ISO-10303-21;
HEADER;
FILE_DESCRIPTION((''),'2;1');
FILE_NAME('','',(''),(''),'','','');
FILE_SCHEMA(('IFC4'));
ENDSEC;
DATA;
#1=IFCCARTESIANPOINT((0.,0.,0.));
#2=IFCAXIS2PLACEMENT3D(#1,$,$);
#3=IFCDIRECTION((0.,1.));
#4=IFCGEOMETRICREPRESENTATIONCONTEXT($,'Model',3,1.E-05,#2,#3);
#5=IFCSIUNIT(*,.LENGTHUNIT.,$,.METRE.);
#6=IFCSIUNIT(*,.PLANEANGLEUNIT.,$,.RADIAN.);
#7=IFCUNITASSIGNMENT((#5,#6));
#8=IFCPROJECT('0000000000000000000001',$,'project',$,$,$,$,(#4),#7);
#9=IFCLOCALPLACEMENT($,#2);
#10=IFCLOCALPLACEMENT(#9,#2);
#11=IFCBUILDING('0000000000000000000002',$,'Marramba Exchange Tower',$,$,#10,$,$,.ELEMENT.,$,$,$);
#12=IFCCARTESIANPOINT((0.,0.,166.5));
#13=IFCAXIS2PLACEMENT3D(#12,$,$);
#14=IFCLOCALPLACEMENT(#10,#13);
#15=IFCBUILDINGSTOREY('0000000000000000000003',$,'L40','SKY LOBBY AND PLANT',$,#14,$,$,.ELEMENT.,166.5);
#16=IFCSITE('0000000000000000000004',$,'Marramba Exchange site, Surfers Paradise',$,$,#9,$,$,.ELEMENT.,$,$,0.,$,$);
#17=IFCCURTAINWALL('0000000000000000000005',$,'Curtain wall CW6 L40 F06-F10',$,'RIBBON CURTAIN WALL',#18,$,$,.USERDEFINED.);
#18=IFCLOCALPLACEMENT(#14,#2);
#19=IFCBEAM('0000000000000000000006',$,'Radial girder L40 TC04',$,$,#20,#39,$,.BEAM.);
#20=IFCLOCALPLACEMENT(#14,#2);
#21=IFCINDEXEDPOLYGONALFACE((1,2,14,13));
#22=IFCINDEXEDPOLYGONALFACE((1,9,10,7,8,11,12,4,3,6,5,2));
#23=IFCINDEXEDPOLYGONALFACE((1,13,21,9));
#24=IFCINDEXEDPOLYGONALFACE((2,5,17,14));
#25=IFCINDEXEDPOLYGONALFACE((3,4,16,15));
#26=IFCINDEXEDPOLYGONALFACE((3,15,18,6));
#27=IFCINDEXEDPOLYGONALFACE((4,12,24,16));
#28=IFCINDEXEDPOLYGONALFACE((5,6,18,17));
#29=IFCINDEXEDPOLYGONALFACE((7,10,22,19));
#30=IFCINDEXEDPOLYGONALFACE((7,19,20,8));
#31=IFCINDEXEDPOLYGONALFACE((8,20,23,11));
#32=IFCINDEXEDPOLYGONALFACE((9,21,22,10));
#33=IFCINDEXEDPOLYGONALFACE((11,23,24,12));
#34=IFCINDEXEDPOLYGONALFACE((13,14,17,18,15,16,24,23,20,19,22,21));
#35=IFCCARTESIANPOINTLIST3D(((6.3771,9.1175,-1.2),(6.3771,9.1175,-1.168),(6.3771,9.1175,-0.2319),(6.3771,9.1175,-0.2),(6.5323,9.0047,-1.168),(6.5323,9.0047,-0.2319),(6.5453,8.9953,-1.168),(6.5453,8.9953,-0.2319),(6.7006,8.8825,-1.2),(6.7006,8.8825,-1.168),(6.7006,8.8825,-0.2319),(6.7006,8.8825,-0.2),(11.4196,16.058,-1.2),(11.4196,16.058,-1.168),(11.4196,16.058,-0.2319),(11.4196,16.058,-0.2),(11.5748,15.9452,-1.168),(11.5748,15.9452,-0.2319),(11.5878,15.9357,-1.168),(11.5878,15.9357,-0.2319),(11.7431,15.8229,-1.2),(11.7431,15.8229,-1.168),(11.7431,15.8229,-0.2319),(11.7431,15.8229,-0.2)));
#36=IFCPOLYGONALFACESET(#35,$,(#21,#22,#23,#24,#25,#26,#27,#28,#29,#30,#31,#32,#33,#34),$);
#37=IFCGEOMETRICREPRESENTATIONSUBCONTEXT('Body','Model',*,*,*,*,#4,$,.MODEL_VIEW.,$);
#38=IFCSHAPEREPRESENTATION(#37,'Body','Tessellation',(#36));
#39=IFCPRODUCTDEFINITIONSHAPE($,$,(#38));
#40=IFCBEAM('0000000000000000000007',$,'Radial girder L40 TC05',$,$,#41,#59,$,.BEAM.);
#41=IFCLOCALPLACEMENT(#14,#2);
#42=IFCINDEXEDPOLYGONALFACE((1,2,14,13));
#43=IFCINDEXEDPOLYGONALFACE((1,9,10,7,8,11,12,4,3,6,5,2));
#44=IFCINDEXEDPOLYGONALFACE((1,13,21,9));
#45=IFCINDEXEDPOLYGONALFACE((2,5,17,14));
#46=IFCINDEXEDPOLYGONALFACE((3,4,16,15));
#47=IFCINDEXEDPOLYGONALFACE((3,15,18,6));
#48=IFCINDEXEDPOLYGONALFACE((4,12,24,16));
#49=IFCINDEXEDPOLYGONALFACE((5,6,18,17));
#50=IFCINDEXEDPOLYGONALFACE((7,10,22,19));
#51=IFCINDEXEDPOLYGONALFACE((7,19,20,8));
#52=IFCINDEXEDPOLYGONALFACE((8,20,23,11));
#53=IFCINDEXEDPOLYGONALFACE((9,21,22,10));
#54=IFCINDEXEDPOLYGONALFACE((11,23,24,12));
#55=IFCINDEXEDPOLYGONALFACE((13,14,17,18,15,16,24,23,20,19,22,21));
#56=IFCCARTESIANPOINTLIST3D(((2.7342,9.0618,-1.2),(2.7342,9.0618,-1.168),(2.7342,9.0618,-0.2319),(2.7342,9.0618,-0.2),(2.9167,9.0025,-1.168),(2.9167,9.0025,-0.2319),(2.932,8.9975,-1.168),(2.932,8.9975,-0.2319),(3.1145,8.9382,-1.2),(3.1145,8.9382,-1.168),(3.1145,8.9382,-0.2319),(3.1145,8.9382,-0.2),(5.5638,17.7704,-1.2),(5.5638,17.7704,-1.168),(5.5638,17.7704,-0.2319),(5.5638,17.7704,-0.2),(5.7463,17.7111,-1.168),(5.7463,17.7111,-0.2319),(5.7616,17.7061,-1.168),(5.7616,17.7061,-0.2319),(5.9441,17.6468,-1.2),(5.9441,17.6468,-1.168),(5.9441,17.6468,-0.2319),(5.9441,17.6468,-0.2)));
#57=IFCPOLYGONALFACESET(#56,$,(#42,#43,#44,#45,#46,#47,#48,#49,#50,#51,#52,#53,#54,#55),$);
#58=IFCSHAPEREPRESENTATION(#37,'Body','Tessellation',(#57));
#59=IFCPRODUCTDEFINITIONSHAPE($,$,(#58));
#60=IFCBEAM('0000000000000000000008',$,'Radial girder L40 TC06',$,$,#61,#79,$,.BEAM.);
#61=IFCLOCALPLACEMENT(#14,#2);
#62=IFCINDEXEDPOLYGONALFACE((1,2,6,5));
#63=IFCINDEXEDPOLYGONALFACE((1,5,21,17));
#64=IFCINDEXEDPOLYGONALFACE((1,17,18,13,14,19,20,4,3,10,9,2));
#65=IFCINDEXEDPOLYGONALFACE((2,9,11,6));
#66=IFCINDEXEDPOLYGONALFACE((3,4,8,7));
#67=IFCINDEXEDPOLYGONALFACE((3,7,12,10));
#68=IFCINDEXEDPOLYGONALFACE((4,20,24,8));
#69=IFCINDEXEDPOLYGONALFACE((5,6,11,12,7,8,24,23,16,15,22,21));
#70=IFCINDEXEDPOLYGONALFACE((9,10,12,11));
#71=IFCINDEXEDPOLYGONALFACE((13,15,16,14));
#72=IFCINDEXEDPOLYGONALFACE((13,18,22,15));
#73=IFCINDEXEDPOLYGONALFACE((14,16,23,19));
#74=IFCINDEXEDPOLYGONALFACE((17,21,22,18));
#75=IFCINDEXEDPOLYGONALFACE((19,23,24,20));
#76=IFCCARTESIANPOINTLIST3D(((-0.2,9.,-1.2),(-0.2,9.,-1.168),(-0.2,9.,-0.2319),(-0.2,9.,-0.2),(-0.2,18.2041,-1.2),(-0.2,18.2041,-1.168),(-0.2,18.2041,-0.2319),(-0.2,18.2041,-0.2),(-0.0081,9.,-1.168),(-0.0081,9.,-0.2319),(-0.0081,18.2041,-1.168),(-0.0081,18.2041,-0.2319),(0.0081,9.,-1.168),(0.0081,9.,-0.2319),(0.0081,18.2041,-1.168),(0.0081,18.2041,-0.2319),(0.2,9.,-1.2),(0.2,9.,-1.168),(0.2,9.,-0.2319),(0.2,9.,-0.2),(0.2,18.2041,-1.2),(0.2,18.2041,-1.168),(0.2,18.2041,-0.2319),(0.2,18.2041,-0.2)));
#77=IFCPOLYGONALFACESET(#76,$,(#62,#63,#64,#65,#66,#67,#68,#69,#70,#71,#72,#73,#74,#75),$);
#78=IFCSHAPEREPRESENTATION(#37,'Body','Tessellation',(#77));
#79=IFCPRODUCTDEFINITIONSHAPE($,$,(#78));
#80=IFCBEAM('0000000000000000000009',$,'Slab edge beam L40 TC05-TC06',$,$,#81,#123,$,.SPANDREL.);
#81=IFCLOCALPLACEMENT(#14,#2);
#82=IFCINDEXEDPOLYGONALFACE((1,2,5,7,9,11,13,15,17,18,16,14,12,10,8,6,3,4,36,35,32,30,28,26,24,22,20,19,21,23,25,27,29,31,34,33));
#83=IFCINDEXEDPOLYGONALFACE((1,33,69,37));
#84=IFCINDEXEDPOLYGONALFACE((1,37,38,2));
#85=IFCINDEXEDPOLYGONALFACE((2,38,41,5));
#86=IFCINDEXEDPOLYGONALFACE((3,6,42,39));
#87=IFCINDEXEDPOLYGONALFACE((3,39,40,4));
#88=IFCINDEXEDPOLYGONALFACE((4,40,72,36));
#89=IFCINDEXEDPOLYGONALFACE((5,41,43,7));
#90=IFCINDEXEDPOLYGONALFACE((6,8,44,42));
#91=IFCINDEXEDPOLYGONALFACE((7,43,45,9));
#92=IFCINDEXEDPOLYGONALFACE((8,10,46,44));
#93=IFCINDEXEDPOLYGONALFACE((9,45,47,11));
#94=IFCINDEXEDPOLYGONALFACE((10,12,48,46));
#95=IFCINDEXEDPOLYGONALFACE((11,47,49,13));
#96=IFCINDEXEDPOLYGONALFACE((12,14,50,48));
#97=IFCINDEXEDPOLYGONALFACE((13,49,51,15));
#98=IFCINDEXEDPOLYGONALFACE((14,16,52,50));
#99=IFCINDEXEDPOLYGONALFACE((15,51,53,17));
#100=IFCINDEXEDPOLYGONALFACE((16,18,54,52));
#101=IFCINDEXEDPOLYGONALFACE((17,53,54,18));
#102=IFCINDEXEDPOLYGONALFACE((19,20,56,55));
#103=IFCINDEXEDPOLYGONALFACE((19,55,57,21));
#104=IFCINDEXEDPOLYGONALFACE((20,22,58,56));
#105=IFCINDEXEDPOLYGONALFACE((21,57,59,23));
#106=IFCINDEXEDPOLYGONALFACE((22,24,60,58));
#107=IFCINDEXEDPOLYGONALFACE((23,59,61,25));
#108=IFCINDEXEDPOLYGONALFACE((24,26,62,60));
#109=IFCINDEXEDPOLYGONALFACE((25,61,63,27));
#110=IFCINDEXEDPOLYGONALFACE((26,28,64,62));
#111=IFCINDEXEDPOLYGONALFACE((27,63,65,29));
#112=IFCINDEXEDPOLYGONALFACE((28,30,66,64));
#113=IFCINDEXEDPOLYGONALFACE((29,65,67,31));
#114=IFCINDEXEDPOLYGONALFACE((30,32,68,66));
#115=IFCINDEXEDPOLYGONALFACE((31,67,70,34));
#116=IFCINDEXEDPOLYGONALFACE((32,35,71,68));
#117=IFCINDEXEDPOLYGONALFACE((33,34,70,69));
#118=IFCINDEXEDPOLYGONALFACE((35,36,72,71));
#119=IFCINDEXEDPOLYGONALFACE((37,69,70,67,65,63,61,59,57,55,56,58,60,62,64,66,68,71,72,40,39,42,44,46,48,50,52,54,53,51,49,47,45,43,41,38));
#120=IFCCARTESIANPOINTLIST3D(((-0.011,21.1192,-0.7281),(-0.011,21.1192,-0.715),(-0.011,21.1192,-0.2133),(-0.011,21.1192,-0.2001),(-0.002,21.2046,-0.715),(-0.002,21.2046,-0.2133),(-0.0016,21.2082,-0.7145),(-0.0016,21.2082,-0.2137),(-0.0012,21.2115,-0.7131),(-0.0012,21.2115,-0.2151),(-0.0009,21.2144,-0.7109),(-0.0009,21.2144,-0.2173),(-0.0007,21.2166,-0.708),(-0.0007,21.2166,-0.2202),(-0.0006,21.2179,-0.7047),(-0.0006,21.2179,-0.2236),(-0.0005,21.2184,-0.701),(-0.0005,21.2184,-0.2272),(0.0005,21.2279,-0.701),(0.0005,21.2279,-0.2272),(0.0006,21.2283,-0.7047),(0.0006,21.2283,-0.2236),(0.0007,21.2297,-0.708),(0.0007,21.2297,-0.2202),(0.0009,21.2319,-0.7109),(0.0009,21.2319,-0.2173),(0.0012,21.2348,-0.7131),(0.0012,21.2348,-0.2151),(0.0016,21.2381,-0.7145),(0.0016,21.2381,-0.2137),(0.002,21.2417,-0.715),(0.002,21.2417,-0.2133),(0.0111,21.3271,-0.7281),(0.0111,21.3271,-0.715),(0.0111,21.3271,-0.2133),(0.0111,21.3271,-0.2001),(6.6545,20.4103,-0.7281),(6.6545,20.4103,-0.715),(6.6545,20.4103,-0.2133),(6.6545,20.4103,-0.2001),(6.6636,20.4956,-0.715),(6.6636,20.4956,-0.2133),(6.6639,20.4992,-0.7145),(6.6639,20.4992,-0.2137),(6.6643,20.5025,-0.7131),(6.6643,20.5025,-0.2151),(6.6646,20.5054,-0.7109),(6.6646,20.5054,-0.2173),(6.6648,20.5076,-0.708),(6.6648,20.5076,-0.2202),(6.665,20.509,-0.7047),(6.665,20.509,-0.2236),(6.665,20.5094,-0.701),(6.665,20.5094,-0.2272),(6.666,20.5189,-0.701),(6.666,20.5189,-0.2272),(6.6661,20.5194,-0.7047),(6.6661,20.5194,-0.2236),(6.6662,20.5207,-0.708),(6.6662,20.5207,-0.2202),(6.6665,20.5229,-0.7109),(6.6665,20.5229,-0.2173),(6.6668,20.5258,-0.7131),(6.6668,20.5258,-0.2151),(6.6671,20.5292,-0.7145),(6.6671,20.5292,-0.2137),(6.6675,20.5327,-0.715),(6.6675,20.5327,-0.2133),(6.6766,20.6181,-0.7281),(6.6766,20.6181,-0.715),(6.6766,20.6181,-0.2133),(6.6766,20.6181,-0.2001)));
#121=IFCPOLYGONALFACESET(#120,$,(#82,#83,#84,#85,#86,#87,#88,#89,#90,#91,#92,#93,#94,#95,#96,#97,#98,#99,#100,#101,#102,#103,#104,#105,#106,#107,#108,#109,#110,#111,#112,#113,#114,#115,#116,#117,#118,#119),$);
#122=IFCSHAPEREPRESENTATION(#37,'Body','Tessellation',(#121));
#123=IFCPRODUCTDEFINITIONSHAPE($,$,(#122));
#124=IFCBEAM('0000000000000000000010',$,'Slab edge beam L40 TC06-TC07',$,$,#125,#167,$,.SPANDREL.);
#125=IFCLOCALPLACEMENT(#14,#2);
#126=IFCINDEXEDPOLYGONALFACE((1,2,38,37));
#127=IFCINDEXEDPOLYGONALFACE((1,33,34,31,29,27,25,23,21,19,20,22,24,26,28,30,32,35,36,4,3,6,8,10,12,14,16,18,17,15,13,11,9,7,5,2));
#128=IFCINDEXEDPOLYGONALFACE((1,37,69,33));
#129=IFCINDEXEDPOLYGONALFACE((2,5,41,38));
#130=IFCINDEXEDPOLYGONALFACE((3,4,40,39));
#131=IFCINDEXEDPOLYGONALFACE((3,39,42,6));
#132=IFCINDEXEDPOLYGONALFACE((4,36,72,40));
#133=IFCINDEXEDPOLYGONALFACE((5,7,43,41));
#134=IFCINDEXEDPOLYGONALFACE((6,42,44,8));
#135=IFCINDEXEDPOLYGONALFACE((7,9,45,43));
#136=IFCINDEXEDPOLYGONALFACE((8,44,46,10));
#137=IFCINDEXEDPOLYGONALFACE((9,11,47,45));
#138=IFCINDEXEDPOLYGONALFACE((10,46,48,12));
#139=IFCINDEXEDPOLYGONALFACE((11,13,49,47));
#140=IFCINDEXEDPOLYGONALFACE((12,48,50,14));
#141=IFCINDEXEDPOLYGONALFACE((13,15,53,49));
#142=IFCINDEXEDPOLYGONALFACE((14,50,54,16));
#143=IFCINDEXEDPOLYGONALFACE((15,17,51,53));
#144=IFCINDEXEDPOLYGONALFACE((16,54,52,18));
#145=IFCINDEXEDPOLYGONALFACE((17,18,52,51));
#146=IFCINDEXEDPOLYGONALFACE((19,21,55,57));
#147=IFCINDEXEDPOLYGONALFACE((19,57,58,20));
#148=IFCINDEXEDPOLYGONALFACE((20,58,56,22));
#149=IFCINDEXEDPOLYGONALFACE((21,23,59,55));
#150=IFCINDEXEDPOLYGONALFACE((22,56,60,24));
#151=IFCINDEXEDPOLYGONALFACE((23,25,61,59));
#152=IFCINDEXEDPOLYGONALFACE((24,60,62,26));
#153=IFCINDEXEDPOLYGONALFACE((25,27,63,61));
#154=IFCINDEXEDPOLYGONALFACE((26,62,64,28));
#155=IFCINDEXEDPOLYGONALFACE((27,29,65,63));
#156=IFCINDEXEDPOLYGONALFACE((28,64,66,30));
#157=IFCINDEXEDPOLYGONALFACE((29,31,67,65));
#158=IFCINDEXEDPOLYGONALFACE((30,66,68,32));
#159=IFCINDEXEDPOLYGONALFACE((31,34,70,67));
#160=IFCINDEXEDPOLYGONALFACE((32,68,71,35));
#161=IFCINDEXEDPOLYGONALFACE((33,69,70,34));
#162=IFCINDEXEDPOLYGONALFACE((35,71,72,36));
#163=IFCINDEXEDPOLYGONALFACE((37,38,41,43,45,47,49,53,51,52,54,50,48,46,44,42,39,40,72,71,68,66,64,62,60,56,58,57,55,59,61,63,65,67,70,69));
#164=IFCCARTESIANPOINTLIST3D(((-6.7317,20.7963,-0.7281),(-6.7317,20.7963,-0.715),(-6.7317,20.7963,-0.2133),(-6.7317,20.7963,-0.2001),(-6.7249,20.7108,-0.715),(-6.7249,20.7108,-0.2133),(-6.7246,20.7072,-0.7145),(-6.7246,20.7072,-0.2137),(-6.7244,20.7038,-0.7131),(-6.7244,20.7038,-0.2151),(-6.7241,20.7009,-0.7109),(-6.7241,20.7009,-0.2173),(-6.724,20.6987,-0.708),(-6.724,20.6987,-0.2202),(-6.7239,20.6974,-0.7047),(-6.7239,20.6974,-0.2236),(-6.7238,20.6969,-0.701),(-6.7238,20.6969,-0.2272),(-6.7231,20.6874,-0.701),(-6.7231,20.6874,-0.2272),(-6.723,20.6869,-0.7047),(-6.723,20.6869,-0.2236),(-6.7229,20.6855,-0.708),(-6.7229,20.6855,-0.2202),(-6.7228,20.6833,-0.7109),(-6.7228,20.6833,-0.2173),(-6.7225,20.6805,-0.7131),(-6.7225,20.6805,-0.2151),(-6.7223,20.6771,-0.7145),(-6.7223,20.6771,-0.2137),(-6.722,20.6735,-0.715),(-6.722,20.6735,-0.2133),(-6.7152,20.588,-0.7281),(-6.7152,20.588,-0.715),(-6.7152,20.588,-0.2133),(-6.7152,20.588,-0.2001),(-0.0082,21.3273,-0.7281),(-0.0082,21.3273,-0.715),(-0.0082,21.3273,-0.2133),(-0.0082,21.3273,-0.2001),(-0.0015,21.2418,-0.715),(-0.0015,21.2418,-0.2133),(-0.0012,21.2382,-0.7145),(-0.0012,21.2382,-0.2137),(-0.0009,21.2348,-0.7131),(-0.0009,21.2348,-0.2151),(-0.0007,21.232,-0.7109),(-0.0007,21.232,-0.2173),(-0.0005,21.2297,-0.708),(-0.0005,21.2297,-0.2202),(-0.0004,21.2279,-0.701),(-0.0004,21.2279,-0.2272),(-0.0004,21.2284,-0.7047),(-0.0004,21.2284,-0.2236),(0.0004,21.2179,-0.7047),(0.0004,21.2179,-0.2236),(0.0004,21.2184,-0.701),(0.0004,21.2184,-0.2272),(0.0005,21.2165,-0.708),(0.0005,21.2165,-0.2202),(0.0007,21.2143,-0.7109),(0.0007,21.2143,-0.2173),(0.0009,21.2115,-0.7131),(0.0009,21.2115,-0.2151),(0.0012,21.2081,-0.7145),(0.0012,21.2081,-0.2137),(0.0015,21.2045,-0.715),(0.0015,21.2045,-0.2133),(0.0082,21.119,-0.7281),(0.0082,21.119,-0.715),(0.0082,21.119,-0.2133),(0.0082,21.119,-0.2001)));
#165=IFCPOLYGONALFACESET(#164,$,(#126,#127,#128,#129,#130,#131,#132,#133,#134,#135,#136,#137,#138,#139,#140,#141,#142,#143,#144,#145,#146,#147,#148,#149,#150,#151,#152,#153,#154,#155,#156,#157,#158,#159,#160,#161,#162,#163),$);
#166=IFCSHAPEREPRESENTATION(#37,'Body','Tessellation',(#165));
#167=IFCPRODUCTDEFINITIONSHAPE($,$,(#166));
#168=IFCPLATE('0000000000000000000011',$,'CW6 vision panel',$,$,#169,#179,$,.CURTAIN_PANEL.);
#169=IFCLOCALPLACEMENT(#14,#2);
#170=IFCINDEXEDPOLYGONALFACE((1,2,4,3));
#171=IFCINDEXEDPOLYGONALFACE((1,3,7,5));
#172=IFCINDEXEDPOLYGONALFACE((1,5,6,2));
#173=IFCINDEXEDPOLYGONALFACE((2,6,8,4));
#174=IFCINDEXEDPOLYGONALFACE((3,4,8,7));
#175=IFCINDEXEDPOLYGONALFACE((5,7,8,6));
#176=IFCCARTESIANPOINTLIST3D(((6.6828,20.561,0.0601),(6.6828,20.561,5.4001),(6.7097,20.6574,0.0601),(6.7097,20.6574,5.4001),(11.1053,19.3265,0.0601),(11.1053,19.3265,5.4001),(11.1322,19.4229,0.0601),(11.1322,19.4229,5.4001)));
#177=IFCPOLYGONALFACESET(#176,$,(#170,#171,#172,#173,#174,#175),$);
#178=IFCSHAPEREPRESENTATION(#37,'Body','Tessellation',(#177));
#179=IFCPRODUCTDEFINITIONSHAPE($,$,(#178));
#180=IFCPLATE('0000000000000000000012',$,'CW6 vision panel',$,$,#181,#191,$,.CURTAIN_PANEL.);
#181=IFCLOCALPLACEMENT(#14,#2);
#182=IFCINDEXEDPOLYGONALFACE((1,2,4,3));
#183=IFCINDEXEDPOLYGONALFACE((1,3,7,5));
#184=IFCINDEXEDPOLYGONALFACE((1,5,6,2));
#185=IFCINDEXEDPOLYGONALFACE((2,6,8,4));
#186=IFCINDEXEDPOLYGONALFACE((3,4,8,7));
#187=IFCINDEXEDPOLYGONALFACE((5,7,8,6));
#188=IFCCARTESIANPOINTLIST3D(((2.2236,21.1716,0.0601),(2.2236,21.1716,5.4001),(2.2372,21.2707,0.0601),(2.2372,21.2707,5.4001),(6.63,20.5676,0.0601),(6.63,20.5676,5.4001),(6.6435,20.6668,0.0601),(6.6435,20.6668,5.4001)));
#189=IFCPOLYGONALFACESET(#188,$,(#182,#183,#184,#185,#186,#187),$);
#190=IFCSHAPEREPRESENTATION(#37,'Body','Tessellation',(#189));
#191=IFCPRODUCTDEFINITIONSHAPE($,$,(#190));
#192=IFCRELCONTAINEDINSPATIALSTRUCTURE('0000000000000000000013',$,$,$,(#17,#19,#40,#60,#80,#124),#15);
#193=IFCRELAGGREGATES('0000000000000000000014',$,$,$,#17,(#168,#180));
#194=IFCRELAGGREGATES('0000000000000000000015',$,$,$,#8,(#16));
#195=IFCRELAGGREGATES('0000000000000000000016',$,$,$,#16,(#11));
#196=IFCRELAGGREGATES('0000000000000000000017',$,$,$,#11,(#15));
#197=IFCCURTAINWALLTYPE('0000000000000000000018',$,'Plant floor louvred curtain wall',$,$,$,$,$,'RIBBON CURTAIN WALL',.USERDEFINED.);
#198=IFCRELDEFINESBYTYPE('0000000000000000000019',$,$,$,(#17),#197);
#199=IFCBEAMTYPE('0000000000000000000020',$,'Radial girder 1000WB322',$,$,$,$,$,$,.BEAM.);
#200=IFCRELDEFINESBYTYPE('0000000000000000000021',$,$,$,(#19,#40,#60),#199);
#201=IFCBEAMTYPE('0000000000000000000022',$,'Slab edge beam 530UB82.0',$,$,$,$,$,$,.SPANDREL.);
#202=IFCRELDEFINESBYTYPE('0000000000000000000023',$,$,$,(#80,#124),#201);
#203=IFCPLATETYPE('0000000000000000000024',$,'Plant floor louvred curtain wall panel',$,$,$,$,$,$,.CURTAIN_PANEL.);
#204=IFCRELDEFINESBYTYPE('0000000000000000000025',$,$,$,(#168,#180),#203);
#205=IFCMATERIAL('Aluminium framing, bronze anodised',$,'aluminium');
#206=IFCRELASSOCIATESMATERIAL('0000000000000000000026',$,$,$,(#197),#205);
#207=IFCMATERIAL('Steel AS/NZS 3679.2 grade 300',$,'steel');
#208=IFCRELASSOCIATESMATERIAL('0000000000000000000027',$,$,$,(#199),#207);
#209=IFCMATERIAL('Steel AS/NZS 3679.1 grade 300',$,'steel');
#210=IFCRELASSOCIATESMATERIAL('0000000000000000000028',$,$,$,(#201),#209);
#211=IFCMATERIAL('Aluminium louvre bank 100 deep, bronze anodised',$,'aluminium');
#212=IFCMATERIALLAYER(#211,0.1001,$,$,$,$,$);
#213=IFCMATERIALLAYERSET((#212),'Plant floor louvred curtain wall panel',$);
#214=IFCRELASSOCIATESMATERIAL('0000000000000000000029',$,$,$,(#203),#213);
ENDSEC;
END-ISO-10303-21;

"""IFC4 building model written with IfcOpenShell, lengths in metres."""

from ifc_helpers import new_model, si_unit, direction, frame, origin, origin_2d, place, context, subcontext, project, spatial, rectangle, i_section, extrude, material, layer, layer_set, material_profile, profile_set, type_object, element, aggregate, save


model = new_model("IFC4")

# Units and contexts
model_context = context("Model", 3, precision=1e-05, world=origin(), true_north=direction((0.0, 1.0)))
body_context = subcontext(model_context, "Body", "Model", "MODEL_VIEW")
ifc_project = project(units=[si_unit("LENGTHUNIT", "METRE"), si_unit("PLANEANGLEUNIT", "RADIAN")], contexts=[model_context])

# Site, building, storey
site_placement = place(None, origin())
site = spatial("IfcSite", under=ifc_project, at=site_placement, Name="Marramba Exchange site, Surfers Paradise", CompositionType="ELEMENT", RefElevation=0.0)
building_placement = place(site_placement, origin())
building = spatial("IfcBuilding", under=site, at=building_placement, Name="Marramba Exchange Tower", CompositionType="ELEMENT")
storey_placement = place(building_placement, frame((0.0, 0.0, 166.5)))
storey = spatial("IfcBuildingStorey", under=building, at=storey_placement, Name="L40", Description="SKY LOBBY AND PLANT", CompositionType="ELEMENT", Elevation=166.5)

# Shared definitions
ifc_material_1 = material(Name="Steel AS/NZS 3679.2 grade 300", Category="steel")

# Shared definitions
ifc_material_2 = material(Name="Steel AS/NZS 3679.1 grade 300", Category="steel")

# Curtain wall
ifc_material_3 = material(Name="Aluminium framing, bronze anodised", Category="aluminium")
curtain_wall_type = type_object("IfcCurtainWallType", Name="Plant floor louvred curtain wall", ElementType="RIBBON CURTAIN WALL", PredefinedType="USERDEFINED", material=ifc_material_3)
curtain_wall_placement = place(storey_placement, origin())
curtain_wall = element("IfcCurtainWall", 1, at=curtain_wall_placement, inside=storey, type_object=curtain_wall_type, Name="Curtain wall CW6 L40 F06-F10", ObjectType="RIBBON CURTAIN WALL", PredefinedType="USERDEFINED")

# Beams
ifc_material_profile_1 = material_profile(ifc_material_1, i_section(OverallWidth=0.3999, OverallDepth=1.0, WebThickness=0.0161, FlangeThickness=0.032, at=origin_2d()), Name="1000WB322")
ifc_profile_set_1 = profile_set([ifc_material_profile_1], Name="Steel AS/NZS 3679.2 grade 300")
beam_type_1 = type_object("IfcBeamType", Name="Radial girder 1000WB322", PredefinedType="BEAM", material=ifc_profile_set_1)
beam_1_placement = place(storey_placement, frame((6.5388, 9.0, -0.7), z_axis=(0.587782, 0.809019, 0.0), x_axis=(-0.809019, 0.587782, 0.0)))
element("IfcBeam", 2, at=beam_1_placement, inside=storey, type_object=beam_type_1, Name="Radial girder L40 TC04", PredefinedType="BEAM", context=body_context, shape_type="SweptSolid", body=[
    extrude(i_section(OverallWidth=0.3999, OverallDepth=1.0, WebThickness=0.0161, FlangeThickness=0.032, at=origin_2d()), origin(), (0.0, 0.0, 1.0), 8.5789),
])
beam_2_placement = place(storey_placement, frame((2.9243, 9.0, -0.7), z_axis=(0.30902, 0.951056, 0.0), x_axis=(-0.951056, 0.30902, 0.0)))
element("IfcBeam", 3, at=beam_2_placement, inside=storey, type_object=beam_type_1, Name="Radial girder L40 TC05", PredefinedType="BEAM", context=body_context, shape_type="SweptSolid", body=[
    extrude(i_section(OverallWidth=0.3999, OverallDepth=1.0, WebThickness=0.0161, FlangeThickness=0.032, at=origin_2d()), origin(), (0.0, 0.0, 1.0), 9.1567),
])
beam_3_placement = place(storey_placement, frame((0.0, 9.0, -0.7), z_axis=(0.0, 1.0, 0.0), x_axis=(-1.0, 0.0, 0.0)))
element("IfcBeam", 4, at=beam_3_placement, inside=storey, type_object=beam_type_1, Name="Radial girder L40 TC06", PredefinedType="BEAM", context=body_context, shape_type="SweptSolid", body=[
    extrude(i_section(OverallWidth=0.3999, OverallDepth=1.0, WebThickness=0.0161, FlangeThickness=0.032, at=origin_2d()), origin(), (0.0, 0.0, 1.0), 9.2041),
])
ifc_material_profile_2 = material_profile(ifc_material_2, i_section(OverallWidth=0.209, OverallDepth=0.5281, WebThickness=0.0095, FlangeThickness=0.0132, FilletRadius=0.0139, at=origin_2d()), Name="530UB82.0")
ifc_profile_set_2 = profile_set([ifc_material_profile_2], Name="Steel AS/NZS 3679.1 grade 300")
beam_type_2 = type_object("IfcBeamType", Name="Slab edge beam 530UB82.0", PredefinedType="SPANDREL", material=ifc_profile_set_2)
beam_4_placement = place(storey_placement, frame((6.6655, 20.5142, -0.4641), z_axis=(-0.994391, 0.105769, 0.0), x_axis=(-0.105769, -0.994391, 0.0)))
element("IfcBeam", 5, at=beam_4_placement, inside=storey, type_object=beam_type_2, Name="Slab edge beam L40 TC05-TC06", PredefinedType="SPANDREL", context=body_context, shape_type="SweptSolid", body=[
    extrude(i_section(OverallWidth=0.209, OverallDepth=0.5281, WebThickness=0.0095, FlangeThickness=0.0132, FilletRadius=0.0139, at=origin_2d()), origin(), (0.0, 0.0, 1.0), 6.7031),
])
beam_5_placement = place(storey_placement, frame((0.0, 21.2231, -0.4641), z_axis=(-0.996896, -0.078734, 0.0), x_axis=(0.078734, -0.996896, 0.0)))
element("IfcBeam", 6, at=beam_5_placement, inside=storey, type_object=beam_type_2, Name="Slab edge beam L40 TC06-TC07", PredefinedType="SPANDREL", context=body_context, shape_type="SweptSolid", body=[
    extrude(i_section(OverallWidth=0.209, OverallDepth=0.5281, WebThickness=0.0095, FlangeThickness=0.0132, FilletRadius=0.0139, at=origin_2d()), origin(), (0.0, 0.0, 1.0), 6.7444),
])

# Plates
ifc_material_4 = material(Name="Aluminium louvre bank 100 deep, bronze anodised", Category="aluminium")
ifc_layer_1 = layer(ifc_material_4, 0.1001)
ifc_layer_set_1 = layer_set([ifc_layer_1], Name="Plant floor louvred curtain wall panel")
plate_type = type_object("IfcPlateType", Name="Plant floor louvred curtain wall panel", PredefinedType="CURTAIN_PANEL", material=ifc_layer_set_1)
plate_1_placement = place(storey_placement, frame((8.9075, 19.9919, 0.0601), z_axis=(0.0, 0.0, 1.0), x_axis=(-0.963178, 0.268865, 0.0)))
plate_1 = element("IfcPlate", 7, at=plate_1_placement, type_object=plate_type, Name="CW6 vision panel", PredefinedType="CURTAIN_PANEL", context=body_context, shape_type="SweptSolid", body=[
    extrude(rectangle(XDim=4.5916, YDim=0.1001, at=origin_2d()), origin(), (0.0, 0.0, 1.0), 5.3401),
])
plate_2_placement = place(storey_placement, frame((4.4336, 20.9192, 0.0601), z_axis=(0.0, 0.0, 1.0), x_axis=(-0.990738, 0.135786, 0.0)))
plate_2 = element("IfcPlate", 8, at=plate_2_placement, type_object=plate_type, Name="CW6 vision panel", PredefinedType="CURTAIN_PANEL", context=body_context, shape_type="SweptSolid", body=[
    extrude(rectangle(XDim=4.4475, YDim=0.1001, at=origin_2d()), origin(), (0.0, 0.0, 1.0), 5.3401),
])
aggregate(curtain_wall, [plate_1, plate_2])

save(model, "model.ifc")
